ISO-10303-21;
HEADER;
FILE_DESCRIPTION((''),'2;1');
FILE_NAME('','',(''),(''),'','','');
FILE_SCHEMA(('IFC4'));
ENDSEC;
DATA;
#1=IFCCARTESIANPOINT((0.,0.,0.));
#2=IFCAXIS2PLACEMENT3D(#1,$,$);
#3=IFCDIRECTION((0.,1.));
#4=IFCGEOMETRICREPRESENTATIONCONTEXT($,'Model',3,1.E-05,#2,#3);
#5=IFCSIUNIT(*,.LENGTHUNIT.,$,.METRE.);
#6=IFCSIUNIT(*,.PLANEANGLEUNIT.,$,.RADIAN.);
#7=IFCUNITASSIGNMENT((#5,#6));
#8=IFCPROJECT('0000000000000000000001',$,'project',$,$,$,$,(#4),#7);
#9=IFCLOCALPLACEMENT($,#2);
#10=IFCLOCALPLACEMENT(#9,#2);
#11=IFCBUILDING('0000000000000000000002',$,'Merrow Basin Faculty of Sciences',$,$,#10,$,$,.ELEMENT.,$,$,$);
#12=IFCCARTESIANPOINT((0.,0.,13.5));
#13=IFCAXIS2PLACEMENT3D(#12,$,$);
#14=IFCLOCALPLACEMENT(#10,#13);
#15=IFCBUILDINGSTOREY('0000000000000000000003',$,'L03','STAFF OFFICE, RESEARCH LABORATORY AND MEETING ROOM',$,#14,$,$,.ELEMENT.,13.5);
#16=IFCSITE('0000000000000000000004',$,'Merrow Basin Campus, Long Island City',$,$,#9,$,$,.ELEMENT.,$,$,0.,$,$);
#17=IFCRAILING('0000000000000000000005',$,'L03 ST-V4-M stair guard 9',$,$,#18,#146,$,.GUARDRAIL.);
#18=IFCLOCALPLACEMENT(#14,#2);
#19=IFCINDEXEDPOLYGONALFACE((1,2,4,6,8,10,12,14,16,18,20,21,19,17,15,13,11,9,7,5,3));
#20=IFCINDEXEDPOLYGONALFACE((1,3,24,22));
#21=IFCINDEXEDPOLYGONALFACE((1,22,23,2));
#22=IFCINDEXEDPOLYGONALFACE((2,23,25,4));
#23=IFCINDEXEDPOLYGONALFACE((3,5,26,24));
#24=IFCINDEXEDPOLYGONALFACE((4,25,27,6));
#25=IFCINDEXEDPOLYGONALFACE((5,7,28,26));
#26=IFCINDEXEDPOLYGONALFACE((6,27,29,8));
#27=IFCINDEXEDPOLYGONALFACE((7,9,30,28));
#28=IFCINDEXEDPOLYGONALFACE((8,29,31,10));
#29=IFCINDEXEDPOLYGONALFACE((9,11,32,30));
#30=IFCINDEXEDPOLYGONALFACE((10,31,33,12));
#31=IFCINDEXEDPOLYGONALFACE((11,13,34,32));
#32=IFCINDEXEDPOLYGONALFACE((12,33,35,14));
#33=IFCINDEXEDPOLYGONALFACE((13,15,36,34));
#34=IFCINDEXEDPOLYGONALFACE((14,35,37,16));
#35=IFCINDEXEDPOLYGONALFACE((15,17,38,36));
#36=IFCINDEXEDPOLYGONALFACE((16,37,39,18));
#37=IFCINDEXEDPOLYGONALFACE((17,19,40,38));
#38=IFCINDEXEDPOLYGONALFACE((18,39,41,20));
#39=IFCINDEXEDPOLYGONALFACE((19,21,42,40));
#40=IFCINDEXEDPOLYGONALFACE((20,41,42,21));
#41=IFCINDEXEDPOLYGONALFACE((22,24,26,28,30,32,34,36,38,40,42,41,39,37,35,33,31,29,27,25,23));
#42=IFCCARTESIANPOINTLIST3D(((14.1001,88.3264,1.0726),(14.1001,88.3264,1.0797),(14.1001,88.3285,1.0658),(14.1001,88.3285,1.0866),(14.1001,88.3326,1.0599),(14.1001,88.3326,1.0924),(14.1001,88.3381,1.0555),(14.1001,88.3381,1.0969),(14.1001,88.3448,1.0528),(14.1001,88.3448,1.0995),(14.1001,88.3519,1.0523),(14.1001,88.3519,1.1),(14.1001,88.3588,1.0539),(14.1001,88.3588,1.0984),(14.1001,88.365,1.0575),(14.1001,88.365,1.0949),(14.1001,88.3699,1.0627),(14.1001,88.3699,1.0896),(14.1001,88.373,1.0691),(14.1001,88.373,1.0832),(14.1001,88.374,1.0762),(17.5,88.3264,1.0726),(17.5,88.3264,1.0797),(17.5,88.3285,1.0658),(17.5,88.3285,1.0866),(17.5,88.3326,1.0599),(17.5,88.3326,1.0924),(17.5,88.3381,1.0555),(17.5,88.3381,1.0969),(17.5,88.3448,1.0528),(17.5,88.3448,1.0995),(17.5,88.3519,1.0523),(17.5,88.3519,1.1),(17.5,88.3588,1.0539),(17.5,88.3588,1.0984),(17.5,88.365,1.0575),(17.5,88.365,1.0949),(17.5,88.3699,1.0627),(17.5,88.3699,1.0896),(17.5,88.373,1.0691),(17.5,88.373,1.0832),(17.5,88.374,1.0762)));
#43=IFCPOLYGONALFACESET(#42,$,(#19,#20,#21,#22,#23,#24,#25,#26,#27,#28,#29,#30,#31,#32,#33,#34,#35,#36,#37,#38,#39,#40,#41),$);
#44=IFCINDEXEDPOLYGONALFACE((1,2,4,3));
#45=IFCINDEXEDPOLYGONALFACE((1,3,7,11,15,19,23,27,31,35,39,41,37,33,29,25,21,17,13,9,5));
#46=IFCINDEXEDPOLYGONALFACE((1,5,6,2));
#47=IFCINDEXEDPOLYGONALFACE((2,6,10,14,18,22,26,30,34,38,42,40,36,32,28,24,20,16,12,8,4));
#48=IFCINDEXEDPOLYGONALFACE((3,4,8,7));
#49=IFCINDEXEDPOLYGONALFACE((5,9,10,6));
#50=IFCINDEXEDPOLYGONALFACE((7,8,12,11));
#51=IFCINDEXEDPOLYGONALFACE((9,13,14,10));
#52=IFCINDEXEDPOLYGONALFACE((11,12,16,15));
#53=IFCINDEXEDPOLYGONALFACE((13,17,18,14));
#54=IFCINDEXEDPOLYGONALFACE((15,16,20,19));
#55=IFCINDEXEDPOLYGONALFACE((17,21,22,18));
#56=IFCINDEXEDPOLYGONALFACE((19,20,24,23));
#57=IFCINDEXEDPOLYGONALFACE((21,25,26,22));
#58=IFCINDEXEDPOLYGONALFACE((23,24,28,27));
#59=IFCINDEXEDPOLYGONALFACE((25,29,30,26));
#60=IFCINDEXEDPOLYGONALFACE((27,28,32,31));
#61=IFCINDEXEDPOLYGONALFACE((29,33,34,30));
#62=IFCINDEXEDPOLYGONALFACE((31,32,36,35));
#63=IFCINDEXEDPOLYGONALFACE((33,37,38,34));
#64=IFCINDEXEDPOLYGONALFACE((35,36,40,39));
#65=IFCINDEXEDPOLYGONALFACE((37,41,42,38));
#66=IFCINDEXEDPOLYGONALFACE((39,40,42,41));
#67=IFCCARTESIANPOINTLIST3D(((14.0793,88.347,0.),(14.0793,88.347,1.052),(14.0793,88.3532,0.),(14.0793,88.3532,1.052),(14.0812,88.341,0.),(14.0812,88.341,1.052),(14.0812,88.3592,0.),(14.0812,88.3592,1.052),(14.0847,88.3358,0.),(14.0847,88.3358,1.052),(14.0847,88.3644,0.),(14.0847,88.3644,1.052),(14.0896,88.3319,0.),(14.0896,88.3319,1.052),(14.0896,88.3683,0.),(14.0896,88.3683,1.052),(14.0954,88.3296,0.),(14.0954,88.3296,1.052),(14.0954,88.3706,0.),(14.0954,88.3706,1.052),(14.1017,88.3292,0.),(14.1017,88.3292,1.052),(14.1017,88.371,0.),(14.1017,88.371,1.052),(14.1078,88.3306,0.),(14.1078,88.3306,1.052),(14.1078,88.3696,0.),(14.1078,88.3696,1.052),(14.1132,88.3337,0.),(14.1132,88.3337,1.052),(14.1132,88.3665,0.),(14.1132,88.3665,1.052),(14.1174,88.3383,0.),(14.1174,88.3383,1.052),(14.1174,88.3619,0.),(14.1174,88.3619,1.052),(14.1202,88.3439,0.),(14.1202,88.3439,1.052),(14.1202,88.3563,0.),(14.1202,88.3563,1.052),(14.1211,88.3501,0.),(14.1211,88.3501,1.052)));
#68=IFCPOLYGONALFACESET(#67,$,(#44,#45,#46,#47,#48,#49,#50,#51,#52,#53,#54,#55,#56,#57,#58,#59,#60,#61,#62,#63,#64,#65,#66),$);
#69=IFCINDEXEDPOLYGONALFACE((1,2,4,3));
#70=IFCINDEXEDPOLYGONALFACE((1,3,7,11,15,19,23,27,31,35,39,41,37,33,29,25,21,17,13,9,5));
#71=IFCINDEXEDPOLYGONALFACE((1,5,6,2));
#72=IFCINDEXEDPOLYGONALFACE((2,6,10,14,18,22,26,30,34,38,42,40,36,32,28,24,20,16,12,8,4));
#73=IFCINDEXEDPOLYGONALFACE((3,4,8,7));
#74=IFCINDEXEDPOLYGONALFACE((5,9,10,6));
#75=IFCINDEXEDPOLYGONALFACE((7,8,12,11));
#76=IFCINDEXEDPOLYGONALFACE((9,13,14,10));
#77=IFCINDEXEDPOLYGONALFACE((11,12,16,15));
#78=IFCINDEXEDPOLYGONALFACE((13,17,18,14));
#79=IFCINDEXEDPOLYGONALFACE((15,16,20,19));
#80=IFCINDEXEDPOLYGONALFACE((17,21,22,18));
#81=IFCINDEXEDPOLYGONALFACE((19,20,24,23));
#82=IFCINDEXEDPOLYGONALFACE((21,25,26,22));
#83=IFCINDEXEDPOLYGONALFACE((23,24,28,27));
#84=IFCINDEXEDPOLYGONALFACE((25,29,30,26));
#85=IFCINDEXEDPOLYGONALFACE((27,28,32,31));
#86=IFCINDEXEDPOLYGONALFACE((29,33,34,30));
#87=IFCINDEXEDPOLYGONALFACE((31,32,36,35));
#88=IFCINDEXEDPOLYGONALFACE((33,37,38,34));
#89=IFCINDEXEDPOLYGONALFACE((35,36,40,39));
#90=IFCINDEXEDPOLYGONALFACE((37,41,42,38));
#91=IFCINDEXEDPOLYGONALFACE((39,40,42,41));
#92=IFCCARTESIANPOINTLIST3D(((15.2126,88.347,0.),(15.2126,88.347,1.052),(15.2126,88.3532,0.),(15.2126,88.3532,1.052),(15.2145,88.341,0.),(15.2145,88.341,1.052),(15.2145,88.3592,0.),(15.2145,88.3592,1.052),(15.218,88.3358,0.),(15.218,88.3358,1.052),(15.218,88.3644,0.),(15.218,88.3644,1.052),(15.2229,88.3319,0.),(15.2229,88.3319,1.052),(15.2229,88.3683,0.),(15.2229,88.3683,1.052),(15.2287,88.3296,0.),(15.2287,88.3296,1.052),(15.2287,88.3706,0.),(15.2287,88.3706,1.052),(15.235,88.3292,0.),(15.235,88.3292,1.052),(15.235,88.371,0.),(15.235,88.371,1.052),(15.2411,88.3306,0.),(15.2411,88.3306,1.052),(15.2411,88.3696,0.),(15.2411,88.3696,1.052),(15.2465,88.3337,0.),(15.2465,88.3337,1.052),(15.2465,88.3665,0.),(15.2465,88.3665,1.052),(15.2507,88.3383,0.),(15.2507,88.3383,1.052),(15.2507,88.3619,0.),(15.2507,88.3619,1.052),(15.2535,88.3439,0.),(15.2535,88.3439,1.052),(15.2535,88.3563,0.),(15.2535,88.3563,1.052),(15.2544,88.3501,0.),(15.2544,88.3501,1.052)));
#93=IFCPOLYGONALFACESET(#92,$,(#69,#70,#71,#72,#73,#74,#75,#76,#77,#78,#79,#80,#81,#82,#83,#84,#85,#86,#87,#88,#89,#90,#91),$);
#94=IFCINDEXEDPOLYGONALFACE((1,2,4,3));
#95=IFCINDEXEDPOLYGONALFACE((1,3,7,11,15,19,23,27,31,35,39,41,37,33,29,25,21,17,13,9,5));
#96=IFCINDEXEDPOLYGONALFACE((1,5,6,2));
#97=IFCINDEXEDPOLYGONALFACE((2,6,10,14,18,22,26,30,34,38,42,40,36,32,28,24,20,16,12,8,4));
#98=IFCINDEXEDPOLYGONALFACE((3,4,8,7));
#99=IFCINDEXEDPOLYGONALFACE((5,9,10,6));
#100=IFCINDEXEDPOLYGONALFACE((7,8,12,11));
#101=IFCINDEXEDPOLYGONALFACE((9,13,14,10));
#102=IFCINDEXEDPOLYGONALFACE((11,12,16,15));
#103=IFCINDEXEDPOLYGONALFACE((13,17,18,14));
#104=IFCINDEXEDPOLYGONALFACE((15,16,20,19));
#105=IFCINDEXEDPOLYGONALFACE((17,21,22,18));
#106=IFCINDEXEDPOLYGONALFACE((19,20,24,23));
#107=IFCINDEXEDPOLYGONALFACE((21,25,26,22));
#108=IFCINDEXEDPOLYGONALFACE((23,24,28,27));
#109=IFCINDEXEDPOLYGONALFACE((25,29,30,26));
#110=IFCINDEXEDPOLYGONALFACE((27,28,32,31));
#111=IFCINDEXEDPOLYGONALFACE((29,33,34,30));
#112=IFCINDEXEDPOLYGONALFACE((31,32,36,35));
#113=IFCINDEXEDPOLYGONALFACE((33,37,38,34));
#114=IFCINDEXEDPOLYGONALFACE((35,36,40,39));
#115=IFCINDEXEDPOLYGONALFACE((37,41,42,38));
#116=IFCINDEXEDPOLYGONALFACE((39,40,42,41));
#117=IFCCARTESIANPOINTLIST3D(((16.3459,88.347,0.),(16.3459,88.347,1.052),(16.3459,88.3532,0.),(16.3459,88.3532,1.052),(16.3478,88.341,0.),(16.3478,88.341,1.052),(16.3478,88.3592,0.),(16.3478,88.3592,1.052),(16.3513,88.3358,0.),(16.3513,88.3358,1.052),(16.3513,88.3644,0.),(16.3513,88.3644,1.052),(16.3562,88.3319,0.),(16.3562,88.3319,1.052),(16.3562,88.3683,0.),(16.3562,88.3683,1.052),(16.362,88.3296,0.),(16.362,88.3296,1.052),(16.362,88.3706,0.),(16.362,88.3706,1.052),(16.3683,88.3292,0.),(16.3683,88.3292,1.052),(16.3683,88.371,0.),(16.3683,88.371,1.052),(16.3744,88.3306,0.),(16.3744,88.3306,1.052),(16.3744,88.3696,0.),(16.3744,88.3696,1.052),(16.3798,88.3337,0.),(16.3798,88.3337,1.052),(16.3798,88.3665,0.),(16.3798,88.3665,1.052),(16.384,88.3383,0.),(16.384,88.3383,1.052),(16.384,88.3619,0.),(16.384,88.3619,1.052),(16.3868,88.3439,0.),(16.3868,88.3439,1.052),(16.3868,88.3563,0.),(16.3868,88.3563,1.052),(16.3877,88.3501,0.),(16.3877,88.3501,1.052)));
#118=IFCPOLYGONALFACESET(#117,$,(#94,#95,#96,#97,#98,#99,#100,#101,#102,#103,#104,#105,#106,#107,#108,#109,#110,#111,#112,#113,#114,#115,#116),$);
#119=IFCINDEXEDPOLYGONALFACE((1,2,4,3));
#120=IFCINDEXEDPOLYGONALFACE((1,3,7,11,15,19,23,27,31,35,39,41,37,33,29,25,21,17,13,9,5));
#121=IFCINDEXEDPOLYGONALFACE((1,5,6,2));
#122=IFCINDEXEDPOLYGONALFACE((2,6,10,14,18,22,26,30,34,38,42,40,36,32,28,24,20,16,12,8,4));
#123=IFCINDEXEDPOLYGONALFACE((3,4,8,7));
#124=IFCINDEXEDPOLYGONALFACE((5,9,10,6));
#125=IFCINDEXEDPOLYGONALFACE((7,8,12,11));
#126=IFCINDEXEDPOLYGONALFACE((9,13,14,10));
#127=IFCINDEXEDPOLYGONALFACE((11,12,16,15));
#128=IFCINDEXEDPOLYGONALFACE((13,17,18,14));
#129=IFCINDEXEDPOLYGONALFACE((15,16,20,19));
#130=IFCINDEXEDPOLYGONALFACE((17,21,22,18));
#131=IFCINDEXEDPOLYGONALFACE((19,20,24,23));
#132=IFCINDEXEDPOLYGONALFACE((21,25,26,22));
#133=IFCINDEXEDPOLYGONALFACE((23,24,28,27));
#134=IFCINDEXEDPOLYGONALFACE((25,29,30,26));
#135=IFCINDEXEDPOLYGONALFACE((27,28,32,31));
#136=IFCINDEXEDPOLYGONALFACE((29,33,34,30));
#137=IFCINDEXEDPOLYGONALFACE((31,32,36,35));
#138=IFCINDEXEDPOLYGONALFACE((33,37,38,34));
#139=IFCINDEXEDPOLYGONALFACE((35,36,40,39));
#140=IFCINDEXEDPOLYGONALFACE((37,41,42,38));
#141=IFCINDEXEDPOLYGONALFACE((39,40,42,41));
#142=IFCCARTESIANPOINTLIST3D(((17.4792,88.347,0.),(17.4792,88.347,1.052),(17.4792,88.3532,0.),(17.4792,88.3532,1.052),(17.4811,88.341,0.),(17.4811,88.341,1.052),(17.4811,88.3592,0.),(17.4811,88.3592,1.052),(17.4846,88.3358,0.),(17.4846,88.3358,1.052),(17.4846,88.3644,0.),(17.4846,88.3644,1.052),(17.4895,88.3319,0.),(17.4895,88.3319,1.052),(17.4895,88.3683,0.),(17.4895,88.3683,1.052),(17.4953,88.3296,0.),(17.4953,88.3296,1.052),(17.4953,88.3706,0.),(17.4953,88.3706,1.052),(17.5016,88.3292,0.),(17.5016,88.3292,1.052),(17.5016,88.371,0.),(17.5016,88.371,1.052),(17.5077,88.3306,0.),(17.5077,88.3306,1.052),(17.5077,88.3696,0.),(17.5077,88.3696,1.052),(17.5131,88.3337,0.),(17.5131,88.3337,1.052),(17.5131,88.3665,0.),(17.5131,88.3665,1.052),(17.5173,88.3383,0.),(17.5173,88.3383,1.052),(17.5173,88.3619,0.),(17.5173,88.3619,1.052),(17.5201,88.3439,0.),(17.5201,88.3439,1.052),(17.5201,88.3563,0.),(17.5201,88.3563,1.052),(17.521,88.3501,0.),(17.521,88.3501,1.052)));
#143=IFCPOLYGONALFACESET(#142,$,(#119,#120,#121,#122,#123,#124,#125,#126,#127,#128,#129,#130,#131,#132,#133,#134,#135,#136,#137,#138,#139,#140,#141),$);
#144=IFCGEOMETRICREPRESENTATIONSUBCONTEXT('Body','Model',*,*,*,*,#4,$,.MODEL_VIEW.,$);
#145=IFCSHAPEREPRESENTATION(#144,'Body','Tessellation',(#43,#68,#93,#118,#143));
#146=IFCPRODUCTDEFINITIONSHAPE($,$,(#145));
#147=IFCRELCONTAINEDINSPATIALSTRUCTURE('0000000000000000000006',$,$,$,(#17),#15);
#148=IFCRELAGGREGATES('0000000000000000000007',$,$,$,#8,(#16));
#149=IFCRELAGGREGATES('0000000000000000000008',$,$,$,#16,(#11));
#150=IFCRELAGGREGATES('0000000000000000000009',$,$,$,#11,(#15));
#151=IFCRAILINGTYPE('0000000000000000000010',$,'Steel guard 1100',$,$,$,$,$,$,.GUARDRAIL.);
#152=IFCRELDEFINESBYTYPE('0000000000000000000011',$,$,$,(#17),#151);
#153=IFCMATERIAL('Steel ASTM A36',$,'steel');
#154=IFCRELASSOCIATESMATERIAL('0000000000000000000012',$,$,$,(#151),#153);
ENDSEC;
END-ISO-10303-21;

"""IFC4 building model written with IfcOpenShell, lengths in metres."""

from ifc_helpers import new_model, si_unit, direction, frame, origin, origin_2d, place, context, subcontext, project, spatial, circle, extrude, material, type_object, element, save


model = new_model("IFC4")

# Units and contexts
model_context = context("Model", 3, precision=1e-05, world=origin(), true_north=direction((0.0, 1.0)))
body_context = subcontext(model_context, "Body", "Model", "MODEL_VIEW")
ifc_project = project(units=[si_unit("LENGTHUNIT", "METRE"), si_unit("PLANEANGLEUNIT", "RADIAN")], contexts=[model_context])

# Site, building, storey
site_placement = place(None, origin())
site = spatial("IfcSite", under=ifc_project, at=site_placement, Name="Merrow Basin Campus, Long Island City", CompositionType="ELEMENT", RefElevation=0.0)
building_placement = place(site_placement, origin())
building = spatial("IfcBuilding", under=site, at=building_placement, Name="Merrow Basin Faculty of Sciences", CompositionType="ELEMENT")
storey_placement = place(building_placement, frame((0.0, 0.0, 13.5)))
storey = spatial("IfcBuildingStorey", under=building, at=storey_placement, Name="L03", Description="STAFF OFFICE, RESEARCH LABORATORY AND MEETING ROOM", CompositionType="ELEMENT", Elevation=13.5)

# Railing
ifc_material_1 = material(Name="Steel ASTM A36", Category="steel")
railing_type_1 = type_object("IfcRailingType", Name="Steel guard 1100", PredefinedType="GUARDRAIL", material=ifc_material_1)
railing_1_placement = place(storey_placement, frame((14.1001, 88.3501, 0.0)))
element("IfcRailing", 1, at=railing_1_placement, inside=storey, type_object=railing_type_1, Name="L03 ST-V4-M stair guard 9", PredefinedType="GUARDRAIL", context=body_context, shape_type="SweptSolid", body=[
    extrude(circle(Radius=0.0239, at=origin_2d()), frame((0.0, 0.0, 1.0762), z_axis=(1.0, 0.0, 0.0), x_axis=(0.0, 1.0, 0.0)), (0.0, 0.0, 1.0), 3.3999),
    extrude(circle(Radius=0.021, at=origin_2d()), origin(), (0.0, 0.0, 1.0), 1.052),
    extrude(circle(Radius=0.021, at=origin_2d()), frame((1.1333, 0.0, 0.0)), (0.0, 0.0, 1.0), 1.052),
    extrude(circle(Radius=0.021, at=origin_2d()), frame((2.2666, 0.0, 0.0)), (0.0, 0.0, 1.0), 1.052),
    extrude(circle(Radius=0.021, at=origin_2d()), frame((3.3999, 0.0, 0.0)), (0.0, 0.0, 1.0), 1.052),
])

save(model, "model.ifc")
